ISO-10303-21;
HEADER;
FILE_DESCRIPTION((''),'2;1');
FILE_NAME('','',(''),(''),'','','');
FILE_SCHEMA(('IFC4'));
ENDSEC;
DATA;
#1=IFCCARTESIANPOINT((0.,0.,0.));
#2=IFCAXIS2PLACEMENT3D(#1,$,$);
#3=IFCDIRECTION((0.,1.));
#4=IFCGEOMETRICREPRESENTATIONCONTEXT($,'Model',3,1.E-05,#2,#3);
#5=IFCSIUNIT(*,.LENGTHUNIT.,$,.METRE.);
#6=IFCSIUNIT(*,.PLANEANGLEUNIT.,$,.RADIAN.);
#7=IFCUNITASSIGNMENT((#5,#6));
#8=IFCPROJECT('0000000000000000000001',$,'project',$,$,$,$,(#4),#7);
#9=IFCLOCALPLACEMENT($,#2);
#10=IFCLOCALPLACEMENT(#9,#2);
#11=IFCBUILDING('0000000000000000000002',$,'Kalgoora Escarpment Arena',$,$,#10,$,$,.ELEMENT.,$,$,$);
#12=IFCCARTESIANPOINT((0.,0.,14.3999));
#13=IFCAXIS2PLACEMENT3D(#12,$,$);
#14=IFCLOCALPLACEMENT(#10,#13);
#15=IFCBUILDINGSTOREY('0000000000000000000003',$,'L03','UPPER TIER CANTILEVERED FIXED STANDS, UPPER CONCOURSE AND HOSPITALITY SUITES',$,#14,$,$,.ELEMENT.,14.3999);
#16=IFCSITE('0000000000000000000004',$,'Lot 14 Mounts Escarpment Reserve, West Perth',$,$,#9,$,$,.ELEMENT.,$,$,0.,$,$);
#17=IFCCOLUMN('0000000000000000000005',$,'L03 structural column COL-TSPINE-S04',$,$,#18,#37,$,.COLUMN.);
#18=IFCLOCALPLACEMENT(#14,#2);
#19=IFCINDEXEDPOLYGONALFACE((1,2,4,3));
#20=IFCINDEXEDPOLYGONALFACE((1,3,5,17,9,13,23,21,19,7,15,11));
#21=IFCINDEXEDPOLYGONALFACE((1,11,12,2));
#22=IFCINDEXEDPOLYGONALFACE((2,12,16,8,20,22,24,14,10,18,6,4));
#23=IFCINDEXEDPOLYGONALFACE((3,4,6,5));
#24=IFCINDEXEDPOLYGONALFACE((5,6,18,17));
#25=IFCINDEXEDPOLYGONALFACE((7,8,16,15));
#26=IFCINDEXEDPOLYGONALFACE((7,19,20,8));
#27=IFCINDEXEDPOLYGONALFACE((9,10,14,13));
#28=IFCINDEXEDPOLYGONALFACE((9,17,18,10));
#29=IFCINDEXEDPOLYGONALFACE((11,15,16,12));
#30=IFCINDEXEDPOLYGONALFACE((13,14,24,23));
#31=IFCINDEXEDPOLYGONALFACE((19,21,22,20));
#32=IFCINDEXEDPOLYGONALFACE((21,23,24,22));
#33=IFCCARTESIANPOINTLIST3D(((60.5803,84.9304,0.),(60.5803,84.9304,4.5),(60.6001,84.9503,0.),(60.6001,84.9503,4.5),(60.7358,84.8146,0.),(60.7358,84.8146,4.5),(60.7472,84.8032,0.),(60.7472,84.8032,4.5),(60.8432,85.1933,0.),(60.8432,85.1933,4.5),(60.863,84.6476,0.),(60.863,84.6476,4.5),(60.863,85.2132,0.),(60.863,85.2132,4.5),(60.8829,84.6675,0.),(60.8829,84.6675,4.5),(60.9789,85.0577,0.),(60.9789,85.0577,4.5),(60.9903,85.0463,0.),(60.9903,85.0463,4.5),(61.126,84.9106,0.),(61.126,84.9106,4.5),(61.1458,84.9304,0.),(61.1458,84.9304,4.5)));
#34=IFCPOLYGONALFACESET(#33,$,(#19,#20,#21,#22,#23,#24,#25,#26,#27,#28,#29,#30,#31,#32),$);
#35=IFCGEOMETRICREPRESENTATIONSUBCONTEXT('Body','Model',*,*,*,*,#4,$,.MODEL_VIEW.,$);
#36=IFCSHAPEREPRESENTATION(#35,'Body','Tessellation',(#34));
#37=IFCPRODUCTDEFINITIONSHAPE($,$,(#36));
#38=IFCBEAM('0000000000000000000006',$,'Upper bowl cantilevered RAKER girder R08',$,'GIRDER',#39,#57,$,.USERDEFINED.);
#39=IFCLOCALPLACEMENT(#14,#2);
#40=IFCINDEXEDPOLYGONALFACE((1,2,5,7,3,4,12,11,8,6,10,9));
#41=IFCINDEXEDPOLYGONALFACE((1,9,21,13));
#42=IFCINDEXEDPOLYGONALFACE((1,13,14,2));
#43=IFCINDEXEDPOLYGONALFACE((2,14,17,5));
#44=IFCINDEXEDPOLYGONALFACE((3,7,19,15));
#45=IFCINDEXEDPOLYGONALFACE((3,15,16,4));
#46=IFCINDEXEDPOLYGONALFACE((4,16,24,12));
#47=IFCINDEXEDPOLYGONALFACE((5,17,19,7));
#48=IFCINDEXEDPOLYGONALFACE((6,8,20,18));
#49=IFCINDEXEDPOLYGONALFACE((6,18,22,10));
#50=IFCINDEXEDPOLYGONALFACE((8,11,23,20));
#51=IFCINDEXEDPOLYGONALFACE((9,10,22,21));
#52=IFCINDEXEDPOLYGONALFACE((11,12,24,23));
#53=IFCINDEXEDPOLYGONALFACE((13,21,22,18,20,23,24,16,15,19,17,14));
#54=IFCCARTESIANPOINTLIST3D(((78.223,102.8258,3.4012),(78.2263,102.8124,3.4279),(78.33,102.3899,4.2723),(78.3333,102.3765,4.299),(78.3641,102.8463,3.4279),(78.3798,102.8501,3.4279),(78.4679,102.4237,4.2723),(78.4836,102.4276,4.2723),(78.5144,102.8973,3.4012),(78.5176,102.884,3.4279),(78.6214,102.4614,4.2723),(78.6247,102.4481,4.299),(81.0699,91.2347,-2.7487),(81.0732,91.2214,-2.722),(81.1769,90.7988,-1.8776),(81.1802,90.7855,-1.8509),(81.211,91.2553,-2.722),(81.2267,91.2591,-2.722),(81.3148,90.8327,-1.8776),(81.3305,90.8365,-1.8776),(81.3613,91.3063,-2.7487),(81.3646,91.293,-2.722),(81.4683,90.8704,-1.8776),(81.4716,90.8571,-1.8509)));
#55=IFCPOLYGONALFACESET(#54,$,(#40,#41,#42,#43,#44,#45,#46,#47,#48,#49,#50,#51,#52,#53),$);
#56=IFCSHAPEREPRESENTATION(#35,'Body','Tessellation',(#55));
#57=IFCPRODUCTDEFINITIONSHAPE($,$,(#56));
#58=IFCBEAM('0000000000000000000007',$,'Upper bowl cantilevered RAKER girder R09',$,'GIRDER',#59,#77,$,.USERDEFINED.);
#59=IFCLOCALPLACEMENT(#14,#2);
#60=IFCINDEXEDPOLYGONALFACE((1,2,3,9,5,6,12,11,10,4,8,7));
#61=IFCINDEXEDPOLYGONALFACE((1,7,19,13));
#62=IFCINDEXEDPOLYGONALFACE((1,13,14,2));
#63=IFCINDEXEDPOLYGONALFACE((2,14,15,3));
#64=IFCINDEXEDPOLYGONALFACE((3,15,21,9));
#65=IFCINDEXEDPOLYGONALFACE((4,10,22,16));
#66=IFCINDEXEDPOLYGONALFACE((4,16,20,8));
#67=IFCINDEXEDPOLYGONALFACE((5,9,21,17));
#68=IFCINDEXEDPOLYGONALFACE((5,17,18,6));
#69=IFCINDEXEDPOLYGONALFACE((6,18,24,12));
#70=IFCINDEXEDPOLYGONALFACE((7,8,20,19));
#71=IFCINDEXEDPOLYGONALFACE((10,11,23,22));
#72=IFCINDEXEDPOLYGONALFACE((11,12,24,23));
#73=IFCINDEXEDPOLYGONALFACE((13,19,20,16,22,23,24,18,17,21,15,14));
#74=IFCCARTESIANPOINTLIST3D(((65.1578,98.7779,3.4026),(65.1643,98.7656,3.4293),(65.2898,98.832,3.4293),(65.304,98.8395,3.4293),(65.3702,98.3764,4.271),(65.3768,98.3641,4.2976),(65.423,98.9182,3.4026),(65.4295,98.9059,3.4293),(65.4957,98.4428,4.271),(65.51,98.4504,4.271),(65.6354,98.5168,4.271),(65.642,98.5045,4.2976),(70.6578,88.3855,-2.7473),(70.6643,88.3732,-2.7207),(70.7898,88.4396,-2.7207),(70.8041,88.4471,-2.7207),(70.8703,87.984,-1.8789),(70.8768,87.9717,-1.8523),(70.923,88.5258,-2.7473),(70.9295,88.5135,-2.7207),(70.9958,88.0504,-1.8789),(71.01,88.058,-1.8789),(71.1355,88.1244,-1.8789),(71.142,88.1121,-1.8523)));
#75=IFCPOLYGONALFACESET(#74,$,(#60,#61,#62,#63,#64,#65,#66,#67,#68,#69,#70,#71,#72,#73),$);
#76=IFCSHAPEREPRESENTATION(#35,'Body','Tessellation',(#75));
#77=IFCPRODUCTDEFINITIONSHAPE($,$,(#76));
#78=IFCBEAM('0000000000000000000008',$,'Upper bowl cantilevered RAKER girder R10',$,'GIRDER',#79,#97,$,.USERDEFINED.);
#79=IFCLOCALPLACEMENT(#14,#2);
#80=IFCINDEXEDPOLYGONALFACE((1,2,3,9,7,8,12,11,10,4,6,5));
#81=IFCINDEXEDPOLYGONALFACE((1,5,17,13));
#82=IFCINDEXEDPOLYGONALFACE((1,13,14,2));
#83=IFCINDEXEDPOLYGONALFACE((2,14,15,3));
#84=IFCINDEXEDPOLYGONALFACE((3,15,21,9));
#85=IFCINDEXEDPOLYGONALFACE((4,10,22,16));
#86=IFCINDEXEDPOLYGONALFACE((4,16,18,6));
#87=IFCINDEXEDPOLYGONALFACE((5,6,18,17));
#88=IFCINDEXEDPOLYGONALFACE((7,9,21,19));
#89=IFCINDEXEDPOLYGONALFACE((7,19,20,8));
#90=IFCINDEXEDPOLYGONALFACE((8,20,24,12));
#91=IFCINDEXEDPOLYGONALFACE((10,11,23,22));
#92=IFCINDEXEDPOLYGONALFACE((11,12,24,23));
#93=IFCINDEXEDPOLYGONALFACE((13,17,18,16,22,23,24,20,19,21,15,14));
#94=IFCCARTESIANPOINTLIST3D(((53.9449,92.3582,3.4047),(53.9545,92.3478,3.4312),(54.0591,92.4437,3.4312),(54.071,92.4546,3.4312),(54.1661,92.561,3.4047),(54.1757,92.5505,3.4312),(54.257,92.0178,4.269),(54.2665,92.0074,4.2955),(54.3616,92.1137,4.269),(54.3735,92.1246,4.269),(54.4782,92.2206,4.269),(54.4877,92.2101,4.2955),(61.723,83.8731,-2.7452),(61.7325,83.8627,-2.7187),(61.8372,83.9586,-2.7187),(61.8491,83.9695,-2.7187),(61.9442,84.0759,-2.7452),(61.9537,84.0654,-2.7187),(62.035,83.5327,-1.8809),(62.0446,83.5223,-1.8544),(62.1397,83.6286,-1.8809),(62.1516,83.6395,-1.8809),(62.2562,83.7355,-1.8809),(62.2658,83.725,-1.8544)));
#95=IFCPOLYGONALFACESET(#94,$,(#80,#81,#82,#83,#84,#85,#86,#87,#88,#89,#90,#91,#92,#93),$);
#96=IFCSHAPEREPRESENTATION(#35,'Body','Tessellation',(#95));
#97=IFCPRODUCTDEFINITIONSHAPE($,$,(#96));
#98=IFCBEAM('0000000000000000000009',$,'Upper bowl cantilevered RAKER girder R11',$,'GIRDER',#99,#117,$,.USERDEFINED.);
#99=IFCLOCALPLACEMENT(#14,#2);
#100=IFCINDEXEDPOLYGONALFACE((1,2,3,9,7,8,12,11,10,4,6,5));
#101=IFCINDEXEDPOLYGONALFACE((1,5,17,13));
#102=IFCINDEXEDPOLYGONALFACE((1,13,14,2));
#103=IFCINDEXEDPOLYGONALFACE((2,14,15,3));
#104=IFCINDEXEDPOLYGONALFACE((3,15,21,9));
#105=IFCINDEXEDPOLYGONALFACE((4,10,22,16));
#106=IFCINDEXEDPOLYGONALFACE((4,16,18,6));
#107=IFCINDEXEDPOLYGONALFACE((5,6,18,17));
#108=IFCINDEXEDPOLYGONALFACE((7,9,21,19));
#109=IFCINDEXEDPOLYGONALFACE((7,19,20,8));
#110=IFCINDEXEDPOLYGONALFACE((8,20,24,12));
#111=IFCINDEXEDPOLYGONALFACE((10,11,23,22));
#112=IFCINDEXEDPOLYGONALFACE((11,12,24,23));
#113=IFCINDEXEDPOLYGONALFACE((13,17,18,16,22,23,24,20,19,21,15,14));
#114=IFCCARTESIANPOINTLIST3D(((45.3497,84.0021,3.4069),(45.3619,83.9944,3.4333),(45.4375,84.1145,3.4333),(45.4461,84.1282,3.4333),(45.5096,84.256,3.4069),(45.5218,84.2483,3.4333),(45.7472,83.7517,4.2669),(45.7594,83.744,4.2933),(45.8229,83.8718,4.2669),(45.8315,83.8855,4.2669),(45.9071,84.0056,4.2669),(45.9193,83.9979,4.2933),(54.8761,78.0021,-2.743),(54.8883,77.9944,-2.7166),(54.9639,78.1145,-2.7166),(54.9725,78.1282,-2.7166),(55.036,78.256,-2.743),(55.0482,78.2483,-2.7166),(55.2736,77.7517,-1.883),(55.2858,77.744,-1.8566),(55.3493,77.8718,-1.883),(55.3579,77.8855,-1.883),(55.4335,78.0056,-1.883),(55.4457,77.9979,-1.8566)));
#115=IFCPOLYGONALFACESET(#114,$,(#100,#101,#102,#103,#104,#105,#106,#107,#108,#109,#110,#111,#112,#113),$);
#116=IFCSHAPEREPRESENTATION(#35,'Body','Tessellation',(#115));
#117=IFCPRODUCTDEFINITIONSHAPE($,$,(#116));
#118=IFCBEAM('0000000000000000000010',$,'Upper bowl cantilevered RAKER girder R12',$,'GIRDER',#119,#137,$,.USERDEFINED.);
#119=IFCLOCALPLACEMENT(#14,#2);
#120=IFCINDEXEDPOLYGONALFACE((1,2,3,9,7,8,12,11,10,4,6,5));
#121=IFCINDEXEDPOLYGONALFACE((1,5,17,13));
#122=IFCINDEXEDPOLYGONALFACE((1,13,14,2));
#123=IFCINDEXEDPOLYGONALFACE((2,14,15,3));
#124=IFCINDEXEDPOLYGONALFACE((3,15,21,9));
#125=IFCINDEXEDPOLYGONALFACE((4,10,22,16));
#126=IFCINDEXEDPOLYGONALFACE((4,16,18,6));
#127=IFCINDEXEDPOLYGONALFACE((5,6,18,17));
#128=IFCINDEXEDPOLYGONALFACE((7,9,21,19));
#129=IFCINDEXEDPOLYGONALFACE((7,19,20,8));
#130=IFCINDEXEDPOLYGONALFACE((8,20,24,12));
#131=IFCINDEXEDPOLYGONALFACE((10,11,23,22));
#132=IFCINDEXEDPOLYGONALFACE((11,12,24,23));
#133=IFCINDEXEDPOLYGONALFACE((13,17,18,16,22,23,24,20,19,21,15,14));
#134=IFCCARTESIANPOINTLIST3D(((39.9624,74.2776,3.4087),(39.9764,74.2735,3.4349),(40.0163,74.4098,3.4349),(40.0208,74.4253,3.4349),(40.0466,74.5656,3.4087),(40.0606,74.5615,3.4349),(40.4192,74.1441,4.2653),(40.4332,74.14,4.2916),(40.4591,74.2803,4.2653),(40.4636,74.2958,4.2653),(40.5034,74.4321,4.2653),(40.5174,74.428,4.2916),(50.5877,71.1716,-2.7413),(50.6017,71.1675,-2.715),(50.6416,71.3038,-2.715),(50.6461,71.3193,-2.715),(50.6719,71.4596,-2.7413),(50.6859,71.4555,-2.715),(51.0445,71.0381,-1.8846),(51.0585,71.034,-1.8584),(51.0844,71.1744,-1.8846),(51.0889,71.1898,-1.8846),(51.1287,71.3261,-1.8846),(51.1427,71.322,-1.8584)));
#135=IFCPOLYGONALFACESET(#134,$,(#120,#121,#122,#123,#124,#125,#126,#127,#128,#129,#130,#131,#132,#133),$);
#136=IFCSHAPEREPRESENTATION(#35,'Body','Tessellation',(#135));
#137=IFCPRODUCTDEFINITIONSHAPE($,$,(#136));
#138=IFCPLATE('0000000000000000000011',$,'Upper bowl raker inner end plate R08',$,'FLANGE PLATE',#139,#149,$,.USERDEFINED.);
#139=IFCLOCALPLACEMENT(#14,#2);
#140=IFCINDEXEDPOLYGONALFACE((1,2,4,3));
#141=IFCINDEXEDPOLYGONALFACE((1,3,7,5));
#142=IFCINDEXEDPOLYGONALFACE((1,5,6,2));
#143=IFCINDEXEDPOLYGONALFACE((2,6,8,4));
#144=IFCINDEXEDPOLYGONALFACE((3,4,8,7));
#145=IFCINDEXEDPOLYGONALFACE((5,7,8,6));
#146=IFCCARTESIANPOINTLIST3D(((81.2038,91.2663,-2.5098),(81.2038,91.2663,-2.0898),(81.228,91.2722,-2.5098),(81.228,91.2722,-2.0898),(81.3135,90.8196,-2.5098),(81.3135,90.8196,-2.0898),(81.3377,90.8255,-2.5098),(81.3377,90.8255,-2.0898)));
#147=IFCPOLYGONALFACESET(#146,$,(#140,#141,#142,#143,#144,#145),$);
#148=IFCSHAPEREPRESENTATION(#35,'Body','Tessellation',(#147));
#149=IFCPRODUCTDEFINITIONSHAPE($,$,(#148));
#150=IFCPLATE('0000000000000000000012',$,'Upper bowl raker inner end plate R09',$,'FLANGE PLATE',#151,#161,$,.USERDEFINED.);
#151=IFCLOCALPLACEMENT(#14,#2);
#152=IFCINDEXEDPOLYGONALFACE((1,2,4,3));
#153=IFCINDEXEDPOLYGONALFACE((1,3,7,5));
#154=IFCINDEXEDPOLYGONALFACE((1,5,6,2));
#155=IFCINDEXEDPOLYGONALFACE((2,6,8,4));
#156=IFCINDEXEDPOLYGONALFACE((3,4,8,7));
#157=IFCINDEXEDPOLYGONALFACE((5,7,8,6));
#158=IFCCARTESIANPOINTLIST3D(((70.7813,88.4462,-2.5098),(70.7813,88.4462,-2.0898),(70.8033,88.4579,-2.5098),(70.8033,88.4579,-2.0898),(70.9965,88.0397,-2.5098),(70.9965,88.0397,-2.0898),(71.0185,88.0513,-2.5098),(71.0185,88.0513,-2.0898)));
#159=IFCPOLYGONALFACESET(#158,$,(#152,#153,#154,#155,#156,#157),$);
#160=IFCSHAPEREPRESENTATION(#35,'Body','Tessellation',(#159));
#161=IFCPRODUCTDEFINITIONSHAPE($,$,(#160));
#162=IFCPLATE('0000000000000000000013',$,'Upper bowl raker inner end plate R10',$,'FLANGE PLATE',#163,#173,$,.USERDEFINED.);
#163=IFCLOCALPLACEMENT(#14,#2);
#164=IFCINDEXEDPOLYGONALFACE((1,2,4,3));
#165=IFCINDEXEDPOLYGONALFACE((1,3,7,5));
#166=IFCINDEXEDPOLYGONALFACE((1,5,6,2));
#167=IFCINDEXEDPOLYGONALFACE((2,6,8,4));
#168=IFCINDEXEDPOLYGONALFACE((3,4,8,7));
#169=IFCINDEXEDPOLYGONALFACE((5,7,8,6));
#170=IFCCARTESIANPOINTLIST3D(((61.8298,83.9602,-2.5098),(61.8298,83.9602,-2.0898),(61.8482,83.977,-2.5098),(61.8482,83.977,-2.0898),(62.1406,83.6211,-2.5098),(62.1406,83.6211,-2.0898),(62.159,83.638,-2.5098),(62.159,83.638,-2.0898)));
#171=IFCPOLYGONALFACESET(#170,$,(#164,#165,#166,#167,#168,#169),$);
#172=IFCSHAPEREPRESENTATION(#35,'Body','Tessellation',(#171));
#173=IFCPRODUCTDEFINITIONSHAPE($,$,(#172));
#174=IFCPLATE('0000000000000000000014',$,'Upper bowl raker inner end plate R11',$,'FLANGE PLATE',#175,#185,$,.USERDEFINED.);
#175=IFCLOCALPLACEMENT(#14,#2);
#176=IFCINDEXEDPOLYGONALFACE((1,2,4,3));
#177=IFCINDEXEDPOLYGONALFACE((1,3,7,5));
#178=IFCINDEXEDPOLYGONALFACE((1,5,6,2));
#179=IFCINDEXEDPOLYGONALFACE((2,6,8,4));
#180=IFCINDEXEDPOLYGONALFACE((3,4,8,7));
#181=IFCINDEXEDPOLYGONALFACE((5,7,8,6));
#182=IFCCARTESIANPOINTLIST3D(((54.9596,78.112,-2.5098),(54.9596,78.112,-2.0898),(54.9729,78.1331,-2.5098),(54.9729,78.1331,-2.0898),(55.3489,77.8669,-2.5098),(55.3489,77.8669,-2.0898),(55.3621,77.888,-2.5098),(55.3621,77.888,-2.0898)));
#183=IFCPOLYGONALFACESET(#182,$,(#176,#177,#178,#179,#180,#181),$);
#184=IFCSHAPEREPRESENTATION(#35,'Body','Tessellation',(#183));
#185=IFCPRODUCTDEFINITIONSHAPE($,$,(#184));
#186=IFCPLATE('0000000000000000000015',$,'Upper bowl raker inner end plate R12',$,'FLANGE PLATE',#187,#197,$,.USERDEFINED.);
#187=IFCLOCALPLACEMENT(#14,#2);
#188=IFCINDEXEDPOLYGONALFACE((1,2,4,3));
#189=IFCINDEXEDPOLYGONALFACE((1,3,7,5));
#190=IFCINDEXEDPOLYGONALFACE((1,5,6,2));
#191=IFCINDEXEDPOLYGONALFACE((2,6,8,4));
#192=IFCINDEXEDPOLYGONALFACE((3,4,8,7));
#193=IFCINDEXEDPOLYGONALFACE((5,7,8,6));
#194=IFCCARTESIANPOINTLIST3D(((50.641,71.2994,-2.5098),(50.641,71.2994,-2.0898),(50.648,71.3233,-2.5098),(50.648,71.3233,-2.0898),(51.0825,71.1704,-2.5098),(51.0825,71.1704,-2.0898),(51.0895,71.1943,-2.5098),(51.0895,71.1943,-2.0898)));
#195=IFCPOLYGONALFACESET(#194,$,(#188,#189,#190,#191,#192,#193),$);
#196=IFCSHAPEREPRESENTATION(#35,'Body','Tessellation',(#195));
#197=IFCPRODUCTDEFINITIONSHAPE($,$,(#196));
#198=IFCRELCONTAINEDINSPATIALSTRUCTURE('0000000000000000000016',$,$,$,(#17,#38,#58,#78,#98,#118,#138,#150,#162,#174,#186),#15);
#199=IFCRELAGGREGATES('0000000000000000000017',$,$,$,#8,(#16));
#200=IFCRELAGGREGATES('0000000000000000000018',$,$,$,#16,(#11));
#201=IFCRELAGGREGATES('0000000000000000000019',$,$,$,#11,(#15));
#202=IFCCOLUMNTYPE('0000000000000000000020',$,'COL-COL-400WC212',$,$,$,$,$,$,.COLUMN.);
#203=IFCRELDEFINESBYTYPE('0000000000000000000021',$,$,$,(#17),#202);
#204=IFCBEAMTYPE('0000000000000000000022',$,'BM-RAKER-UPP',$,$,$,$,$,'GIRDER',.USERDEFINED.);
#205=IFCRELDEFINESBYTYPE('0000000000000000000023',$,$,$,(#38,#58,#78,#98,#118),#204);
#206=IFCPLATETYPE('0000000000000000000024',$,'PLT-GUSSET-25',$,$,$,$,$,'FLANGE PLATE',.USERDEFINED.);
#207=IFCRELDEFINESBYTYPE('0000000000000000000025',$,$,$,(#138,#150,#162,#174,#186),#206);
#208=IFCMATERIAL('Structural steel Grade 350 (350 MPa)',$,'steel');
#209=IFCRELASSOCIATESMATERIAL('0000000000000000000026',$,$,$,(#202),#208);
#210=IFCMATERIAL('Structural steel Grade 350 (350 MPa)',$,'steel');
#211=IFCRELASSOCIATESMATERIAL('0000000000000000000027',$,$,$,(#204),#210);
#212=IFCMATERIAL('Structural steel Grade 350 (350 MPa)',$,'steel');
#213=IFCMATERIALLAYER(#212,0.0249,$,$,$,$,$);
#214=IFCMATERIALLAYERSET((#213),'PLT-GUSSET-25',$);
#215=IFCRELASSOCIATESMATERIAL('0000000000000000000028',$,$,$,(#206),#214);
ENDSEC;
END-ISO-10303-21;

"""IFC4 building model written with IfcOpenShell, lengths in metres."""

from ifc_helpers import new_model, si_unit, direction, frame, origin, origin_2d, place, context, subcontext, project, spatial, rectangle, i_section, extrude, material, layer, layer_set, material_profile, profile_set, type_object, element, save


model = new_model("IFC4")

# Units and contexts
model_context = context("Model", 3, precision=1e-05, world=origin(), true_north=direction((0.0, 1.0)))
body_context = subcontext(model_context, "Body", "Model", "MODEL_VIEW")
ifc_project = project(units=[si_unit("LENGTHUNIT", "METRE"), si_unit("PLANEANGLEUNIT", "RADIAN")], contexts=[model_context])

# Site, building, storey
site_placement = place(None, origin())
site = spatial("IfcSite", under=ifc_project, at=site_placement, Name="Lot 14 Mounts Escarpment Reserve, West Perth", CompositionType="ELEMENT", RefElevation=0.0)
building_placement = place(site_placement, origin())
building = spatial("IfcBuilding", under=site, at=building_placement, Name="Kalgoora Escarpment Arena", CompositionType="ELEMENT")
storey_placement = place(building_placement, frame((0.0, 0.0, 14.3999)))
storey = spatial("IfcBuildingStorey", under=building, at=storey_placement, Name="L03", Description="UPPER TIER CANTILEVERED FIXED STANDS, UPPER CONCOURSE AND HOSPITALITY SUITES", CompositionType="ELEMENT", Elevation=14.3999)

# Column
ifc_material_1 = material(Name="Structural steel Grade 350 (350 MPa)", Category="steel")
ifc_material_profile_1 = material_profile(ifc_material_1, i_section(OverallWidth=0.3999, OverallDepth=0.3999, WebThickness=0.0161, FlangeThickness=0.0281, at=origin_2d()))
ifc_profile_set_1 = profile_set([ifc_material_profile_1], Name="Structural steel Grade 350 (350 MPa)")
column_type = type_object("IfcColumnType", Name="COL-COL-400WC212", PredefinedType="COLUMN", material=ifc_profile_set_1)
column_placement = place(storey_placement, frame((60.863, 84.9304, 0.0), z_axis=(0.0, 0.0, 1.0), x_axis=(-0.707107, 0.707107, 0.0)))
element("IfcColumn", 1, at=column_placement, inside=storey, type_object=column_type, Name="L03 structural column COL-TSPINE-S04", PredefinedType="COLUMN", context=body_context, shape_type="SweptSolid", body=[
    extrude(i_section(OverallWidth=0.3999, OverallDepth=0.3999, WebThickness=0.0161, FlangeThickness=0.0281, at=origin_2d()), origin(), (0.0, 0.0, 1.0), 4.5),
])

# Beams
ifc_material_2 = material(Name="Structural steel Grade 350 (350 MPa)", Category="steel")
ifc_material_profile_2 = material_profile(ifc_material_2, i_section(OverallWidth=0.3, OverallDepth=1.01, WebThickness=0.0161, FlangeThickness=0.03, at=origin_2d()))
ifc_profile_set_2 = profile_set([ifc_material_profile_2], Name="Structural steel Grade 350 (350 MPa)")
beam_type = type_object("IfcBeamType", Name="BM-RAKER-UPP", ElementType="GIRDER", PredefinedType="USERDEFINED", material=ifc_profile_set_2)
beam_1_placement = place(storey_placement, frame((81.2708, 91.0459, -2.2998), z_axis=(-0.212033, 0.863278, 0.458032), x_axis=(-0.971137, -0.238524, 0.0)))
element("IfcBeam", 2, at=beam_1_placement, inside=storey, type_object=beam_type, Name="Upper bowl cantilevered RAKER girder R08", ObjectType="GIRDER", PredefinedType="USERDEFINED", context=body_context, shape_type="SweptSolid", body=[
    extrude(i_section(OverallWidth=0.3, OverallDepth=1.01, WebThickness=0.0161, FlangeThickness=0.03, at=origin_2d()), origin(), (0.0, 0.0, 1.0), 13.4268),
])
beam_2_placement = place(storey_placement, frame((70.8999, 88.2488, -2.2998), z_axis=(-0.414493, 0.783192, 0.463472), x_axis=(-0.883852, -0.467767, 0.0)))
element("IfcBeam", 3, at=beam_2_placement, inside=storey, type_object=beam_type, Name="Upper bowl cantilevered RAKER girder R09", ObjectType="GIRDER", PredefinedType="USERDEFINED", context=body_context, shape_type="SweptSolid", body=[
    extrude(i_section(OverallWidth=0.3, OverallDepth=1.01, WebThickness=0.0161, FlangeThickness=0.03, at=origin_2d()), origin(), (0.0, 0.0, 1.0), 13.2693),
])
beam_3_placement = place(storey_placement, frame((61.9944, 83.7991, -2.2998), z_axis=(-0.595996, 0.650172, 0.471237), x_axis=(-0.737151, -0.675728, 0.0)))
element("IfcBeam", 4, at=beam_3_placement, inside=storey, type_object=beam_type, Name="Upper bowl cantilevered RAKER girder R10", ObjectType="GIRDER", PredefinedType="USERDEFINED", context=body_context, shape_type="SweptSolid", body=[
    extrude(i_section(OverallWidth=0.3, OverallDepth=1.01, WebThickness=0.0161, FlangeThickness=0.03, at=origin_2d()), origin(), (0.0, 0.0, 1.0), 13.0505),
])
beam_4_placement = place(storey_placement, frame((55.1609, 78.0, -2.2998), z_axis=(-0.742588, 0.467705, 0.47939), x_axis=(-0.532935, -0.846156, 0.0)))
element("IfcBeam", 5, at=beam_4_placement, inside=storey, type_object=beam_type, Name="Upper bowl cantilevered RAKER girder R11", ObjectType="GIRDER", PredefinedType="USERDEFINED", context=body_context, shape_type="SweptSolid", body=[
    extrude(i_section(OverallWidth=0.3, OverallDepth=1.01, WebThickness=0.0161, FlangeThickness=0.03, at=origin_2d()), origin(), (0.0, 0.0, 1.0), 12.8286),
])
beam_5_placement = place(storey_placement, frame((50.8652, 71.2468, -2.2998), z_axis=(-0.839045, 0.245269, 0.48564), x_axis=(-0.280577, -0.959832, 0.0)))
element("IfcBeam", 6, at=beam_5_placement, inside=storey, type_object=beam_type, Name="Upper bowl cantilevered RAKER girder R12", ObjectType="GIRDER", PredefinedType="USERDEFINED", context=body_context, shape_type="SweptSolid", body=[
    extrude(i_section(OverallWidth=0.3, OverallDepth=1.01, WebThickness=0.0161, FlangeThickness=0.03, at=origin_2d()), origin(), (0.0, 0.0, 1.0), 12.6636),
])

# Plates
ifc_material_3 = material(Name="Structural steel Grade 350 (350 MPa)", Category="steel")
ifc_layer_1 = layer(ifc_material_3, 0.0249)
ifc_layer_set_1 = layer_set([ifc_layer_1], Name="PLT-GUSSET-25")
plate_type = type_object("IfcPlateType", Name="PLT-GUSSET-25", ElementType="FLANGE PLATE", PredefinedType="USERDEFINED", material=ifc_layer_set_1)
for number, where, z_axis, x_axis, name in (
    (7, (81.2708, 91.0459, -2.5098), (0.0, 0.0, 1.0), (-0.238533, 0.971134, 0.0), "Upper bowl raker inner end plate R08"),
    (8, (70.8999, 88.2488, -2.5098), (0.0, 0.0, 1.0), (-0.467776, 0.883847, 0.0), "Upper bowl raker inner end plate R09"),
    (9, (61.9944, 83.7991, -2.5098), (0.0, 0.0, 1.0), (-0.675719, 0.737159, 0.0), "Upper bowl raker inner end plate R10"),
    (10, (55.1609, 78.0, -2.5098), (0.0, 0.0, 1.0), (-0.846193, 0.532876, 0.0), "Upper bowl raker inner end plate R11"),
    (11, (50.8652, 71.2468, -2.5098), (0.0, 0.0, 1.0), (-0.959854, 0.280499, 0.0), "Upper bowl raker inner end plate R12"),
):
    element("IfcPlate", number, at=place(storey_placement, frame(where, z_axis=z_axis, x_axis=x_axis)), inside=storey, type_object=plate_type, Name=name, ObjectType="FLANGE PLATE", PredefinedType="USERDEFINED", context=body_context, shape_type="SweptSolid", body=[
        extrude(rectangle(XDim=0.46, YDim=0.0249, at=origin_2d()), origin(), (0.0, 0.0, 1.0), 0.4199),
    ])

save(model, "model.ifc")
